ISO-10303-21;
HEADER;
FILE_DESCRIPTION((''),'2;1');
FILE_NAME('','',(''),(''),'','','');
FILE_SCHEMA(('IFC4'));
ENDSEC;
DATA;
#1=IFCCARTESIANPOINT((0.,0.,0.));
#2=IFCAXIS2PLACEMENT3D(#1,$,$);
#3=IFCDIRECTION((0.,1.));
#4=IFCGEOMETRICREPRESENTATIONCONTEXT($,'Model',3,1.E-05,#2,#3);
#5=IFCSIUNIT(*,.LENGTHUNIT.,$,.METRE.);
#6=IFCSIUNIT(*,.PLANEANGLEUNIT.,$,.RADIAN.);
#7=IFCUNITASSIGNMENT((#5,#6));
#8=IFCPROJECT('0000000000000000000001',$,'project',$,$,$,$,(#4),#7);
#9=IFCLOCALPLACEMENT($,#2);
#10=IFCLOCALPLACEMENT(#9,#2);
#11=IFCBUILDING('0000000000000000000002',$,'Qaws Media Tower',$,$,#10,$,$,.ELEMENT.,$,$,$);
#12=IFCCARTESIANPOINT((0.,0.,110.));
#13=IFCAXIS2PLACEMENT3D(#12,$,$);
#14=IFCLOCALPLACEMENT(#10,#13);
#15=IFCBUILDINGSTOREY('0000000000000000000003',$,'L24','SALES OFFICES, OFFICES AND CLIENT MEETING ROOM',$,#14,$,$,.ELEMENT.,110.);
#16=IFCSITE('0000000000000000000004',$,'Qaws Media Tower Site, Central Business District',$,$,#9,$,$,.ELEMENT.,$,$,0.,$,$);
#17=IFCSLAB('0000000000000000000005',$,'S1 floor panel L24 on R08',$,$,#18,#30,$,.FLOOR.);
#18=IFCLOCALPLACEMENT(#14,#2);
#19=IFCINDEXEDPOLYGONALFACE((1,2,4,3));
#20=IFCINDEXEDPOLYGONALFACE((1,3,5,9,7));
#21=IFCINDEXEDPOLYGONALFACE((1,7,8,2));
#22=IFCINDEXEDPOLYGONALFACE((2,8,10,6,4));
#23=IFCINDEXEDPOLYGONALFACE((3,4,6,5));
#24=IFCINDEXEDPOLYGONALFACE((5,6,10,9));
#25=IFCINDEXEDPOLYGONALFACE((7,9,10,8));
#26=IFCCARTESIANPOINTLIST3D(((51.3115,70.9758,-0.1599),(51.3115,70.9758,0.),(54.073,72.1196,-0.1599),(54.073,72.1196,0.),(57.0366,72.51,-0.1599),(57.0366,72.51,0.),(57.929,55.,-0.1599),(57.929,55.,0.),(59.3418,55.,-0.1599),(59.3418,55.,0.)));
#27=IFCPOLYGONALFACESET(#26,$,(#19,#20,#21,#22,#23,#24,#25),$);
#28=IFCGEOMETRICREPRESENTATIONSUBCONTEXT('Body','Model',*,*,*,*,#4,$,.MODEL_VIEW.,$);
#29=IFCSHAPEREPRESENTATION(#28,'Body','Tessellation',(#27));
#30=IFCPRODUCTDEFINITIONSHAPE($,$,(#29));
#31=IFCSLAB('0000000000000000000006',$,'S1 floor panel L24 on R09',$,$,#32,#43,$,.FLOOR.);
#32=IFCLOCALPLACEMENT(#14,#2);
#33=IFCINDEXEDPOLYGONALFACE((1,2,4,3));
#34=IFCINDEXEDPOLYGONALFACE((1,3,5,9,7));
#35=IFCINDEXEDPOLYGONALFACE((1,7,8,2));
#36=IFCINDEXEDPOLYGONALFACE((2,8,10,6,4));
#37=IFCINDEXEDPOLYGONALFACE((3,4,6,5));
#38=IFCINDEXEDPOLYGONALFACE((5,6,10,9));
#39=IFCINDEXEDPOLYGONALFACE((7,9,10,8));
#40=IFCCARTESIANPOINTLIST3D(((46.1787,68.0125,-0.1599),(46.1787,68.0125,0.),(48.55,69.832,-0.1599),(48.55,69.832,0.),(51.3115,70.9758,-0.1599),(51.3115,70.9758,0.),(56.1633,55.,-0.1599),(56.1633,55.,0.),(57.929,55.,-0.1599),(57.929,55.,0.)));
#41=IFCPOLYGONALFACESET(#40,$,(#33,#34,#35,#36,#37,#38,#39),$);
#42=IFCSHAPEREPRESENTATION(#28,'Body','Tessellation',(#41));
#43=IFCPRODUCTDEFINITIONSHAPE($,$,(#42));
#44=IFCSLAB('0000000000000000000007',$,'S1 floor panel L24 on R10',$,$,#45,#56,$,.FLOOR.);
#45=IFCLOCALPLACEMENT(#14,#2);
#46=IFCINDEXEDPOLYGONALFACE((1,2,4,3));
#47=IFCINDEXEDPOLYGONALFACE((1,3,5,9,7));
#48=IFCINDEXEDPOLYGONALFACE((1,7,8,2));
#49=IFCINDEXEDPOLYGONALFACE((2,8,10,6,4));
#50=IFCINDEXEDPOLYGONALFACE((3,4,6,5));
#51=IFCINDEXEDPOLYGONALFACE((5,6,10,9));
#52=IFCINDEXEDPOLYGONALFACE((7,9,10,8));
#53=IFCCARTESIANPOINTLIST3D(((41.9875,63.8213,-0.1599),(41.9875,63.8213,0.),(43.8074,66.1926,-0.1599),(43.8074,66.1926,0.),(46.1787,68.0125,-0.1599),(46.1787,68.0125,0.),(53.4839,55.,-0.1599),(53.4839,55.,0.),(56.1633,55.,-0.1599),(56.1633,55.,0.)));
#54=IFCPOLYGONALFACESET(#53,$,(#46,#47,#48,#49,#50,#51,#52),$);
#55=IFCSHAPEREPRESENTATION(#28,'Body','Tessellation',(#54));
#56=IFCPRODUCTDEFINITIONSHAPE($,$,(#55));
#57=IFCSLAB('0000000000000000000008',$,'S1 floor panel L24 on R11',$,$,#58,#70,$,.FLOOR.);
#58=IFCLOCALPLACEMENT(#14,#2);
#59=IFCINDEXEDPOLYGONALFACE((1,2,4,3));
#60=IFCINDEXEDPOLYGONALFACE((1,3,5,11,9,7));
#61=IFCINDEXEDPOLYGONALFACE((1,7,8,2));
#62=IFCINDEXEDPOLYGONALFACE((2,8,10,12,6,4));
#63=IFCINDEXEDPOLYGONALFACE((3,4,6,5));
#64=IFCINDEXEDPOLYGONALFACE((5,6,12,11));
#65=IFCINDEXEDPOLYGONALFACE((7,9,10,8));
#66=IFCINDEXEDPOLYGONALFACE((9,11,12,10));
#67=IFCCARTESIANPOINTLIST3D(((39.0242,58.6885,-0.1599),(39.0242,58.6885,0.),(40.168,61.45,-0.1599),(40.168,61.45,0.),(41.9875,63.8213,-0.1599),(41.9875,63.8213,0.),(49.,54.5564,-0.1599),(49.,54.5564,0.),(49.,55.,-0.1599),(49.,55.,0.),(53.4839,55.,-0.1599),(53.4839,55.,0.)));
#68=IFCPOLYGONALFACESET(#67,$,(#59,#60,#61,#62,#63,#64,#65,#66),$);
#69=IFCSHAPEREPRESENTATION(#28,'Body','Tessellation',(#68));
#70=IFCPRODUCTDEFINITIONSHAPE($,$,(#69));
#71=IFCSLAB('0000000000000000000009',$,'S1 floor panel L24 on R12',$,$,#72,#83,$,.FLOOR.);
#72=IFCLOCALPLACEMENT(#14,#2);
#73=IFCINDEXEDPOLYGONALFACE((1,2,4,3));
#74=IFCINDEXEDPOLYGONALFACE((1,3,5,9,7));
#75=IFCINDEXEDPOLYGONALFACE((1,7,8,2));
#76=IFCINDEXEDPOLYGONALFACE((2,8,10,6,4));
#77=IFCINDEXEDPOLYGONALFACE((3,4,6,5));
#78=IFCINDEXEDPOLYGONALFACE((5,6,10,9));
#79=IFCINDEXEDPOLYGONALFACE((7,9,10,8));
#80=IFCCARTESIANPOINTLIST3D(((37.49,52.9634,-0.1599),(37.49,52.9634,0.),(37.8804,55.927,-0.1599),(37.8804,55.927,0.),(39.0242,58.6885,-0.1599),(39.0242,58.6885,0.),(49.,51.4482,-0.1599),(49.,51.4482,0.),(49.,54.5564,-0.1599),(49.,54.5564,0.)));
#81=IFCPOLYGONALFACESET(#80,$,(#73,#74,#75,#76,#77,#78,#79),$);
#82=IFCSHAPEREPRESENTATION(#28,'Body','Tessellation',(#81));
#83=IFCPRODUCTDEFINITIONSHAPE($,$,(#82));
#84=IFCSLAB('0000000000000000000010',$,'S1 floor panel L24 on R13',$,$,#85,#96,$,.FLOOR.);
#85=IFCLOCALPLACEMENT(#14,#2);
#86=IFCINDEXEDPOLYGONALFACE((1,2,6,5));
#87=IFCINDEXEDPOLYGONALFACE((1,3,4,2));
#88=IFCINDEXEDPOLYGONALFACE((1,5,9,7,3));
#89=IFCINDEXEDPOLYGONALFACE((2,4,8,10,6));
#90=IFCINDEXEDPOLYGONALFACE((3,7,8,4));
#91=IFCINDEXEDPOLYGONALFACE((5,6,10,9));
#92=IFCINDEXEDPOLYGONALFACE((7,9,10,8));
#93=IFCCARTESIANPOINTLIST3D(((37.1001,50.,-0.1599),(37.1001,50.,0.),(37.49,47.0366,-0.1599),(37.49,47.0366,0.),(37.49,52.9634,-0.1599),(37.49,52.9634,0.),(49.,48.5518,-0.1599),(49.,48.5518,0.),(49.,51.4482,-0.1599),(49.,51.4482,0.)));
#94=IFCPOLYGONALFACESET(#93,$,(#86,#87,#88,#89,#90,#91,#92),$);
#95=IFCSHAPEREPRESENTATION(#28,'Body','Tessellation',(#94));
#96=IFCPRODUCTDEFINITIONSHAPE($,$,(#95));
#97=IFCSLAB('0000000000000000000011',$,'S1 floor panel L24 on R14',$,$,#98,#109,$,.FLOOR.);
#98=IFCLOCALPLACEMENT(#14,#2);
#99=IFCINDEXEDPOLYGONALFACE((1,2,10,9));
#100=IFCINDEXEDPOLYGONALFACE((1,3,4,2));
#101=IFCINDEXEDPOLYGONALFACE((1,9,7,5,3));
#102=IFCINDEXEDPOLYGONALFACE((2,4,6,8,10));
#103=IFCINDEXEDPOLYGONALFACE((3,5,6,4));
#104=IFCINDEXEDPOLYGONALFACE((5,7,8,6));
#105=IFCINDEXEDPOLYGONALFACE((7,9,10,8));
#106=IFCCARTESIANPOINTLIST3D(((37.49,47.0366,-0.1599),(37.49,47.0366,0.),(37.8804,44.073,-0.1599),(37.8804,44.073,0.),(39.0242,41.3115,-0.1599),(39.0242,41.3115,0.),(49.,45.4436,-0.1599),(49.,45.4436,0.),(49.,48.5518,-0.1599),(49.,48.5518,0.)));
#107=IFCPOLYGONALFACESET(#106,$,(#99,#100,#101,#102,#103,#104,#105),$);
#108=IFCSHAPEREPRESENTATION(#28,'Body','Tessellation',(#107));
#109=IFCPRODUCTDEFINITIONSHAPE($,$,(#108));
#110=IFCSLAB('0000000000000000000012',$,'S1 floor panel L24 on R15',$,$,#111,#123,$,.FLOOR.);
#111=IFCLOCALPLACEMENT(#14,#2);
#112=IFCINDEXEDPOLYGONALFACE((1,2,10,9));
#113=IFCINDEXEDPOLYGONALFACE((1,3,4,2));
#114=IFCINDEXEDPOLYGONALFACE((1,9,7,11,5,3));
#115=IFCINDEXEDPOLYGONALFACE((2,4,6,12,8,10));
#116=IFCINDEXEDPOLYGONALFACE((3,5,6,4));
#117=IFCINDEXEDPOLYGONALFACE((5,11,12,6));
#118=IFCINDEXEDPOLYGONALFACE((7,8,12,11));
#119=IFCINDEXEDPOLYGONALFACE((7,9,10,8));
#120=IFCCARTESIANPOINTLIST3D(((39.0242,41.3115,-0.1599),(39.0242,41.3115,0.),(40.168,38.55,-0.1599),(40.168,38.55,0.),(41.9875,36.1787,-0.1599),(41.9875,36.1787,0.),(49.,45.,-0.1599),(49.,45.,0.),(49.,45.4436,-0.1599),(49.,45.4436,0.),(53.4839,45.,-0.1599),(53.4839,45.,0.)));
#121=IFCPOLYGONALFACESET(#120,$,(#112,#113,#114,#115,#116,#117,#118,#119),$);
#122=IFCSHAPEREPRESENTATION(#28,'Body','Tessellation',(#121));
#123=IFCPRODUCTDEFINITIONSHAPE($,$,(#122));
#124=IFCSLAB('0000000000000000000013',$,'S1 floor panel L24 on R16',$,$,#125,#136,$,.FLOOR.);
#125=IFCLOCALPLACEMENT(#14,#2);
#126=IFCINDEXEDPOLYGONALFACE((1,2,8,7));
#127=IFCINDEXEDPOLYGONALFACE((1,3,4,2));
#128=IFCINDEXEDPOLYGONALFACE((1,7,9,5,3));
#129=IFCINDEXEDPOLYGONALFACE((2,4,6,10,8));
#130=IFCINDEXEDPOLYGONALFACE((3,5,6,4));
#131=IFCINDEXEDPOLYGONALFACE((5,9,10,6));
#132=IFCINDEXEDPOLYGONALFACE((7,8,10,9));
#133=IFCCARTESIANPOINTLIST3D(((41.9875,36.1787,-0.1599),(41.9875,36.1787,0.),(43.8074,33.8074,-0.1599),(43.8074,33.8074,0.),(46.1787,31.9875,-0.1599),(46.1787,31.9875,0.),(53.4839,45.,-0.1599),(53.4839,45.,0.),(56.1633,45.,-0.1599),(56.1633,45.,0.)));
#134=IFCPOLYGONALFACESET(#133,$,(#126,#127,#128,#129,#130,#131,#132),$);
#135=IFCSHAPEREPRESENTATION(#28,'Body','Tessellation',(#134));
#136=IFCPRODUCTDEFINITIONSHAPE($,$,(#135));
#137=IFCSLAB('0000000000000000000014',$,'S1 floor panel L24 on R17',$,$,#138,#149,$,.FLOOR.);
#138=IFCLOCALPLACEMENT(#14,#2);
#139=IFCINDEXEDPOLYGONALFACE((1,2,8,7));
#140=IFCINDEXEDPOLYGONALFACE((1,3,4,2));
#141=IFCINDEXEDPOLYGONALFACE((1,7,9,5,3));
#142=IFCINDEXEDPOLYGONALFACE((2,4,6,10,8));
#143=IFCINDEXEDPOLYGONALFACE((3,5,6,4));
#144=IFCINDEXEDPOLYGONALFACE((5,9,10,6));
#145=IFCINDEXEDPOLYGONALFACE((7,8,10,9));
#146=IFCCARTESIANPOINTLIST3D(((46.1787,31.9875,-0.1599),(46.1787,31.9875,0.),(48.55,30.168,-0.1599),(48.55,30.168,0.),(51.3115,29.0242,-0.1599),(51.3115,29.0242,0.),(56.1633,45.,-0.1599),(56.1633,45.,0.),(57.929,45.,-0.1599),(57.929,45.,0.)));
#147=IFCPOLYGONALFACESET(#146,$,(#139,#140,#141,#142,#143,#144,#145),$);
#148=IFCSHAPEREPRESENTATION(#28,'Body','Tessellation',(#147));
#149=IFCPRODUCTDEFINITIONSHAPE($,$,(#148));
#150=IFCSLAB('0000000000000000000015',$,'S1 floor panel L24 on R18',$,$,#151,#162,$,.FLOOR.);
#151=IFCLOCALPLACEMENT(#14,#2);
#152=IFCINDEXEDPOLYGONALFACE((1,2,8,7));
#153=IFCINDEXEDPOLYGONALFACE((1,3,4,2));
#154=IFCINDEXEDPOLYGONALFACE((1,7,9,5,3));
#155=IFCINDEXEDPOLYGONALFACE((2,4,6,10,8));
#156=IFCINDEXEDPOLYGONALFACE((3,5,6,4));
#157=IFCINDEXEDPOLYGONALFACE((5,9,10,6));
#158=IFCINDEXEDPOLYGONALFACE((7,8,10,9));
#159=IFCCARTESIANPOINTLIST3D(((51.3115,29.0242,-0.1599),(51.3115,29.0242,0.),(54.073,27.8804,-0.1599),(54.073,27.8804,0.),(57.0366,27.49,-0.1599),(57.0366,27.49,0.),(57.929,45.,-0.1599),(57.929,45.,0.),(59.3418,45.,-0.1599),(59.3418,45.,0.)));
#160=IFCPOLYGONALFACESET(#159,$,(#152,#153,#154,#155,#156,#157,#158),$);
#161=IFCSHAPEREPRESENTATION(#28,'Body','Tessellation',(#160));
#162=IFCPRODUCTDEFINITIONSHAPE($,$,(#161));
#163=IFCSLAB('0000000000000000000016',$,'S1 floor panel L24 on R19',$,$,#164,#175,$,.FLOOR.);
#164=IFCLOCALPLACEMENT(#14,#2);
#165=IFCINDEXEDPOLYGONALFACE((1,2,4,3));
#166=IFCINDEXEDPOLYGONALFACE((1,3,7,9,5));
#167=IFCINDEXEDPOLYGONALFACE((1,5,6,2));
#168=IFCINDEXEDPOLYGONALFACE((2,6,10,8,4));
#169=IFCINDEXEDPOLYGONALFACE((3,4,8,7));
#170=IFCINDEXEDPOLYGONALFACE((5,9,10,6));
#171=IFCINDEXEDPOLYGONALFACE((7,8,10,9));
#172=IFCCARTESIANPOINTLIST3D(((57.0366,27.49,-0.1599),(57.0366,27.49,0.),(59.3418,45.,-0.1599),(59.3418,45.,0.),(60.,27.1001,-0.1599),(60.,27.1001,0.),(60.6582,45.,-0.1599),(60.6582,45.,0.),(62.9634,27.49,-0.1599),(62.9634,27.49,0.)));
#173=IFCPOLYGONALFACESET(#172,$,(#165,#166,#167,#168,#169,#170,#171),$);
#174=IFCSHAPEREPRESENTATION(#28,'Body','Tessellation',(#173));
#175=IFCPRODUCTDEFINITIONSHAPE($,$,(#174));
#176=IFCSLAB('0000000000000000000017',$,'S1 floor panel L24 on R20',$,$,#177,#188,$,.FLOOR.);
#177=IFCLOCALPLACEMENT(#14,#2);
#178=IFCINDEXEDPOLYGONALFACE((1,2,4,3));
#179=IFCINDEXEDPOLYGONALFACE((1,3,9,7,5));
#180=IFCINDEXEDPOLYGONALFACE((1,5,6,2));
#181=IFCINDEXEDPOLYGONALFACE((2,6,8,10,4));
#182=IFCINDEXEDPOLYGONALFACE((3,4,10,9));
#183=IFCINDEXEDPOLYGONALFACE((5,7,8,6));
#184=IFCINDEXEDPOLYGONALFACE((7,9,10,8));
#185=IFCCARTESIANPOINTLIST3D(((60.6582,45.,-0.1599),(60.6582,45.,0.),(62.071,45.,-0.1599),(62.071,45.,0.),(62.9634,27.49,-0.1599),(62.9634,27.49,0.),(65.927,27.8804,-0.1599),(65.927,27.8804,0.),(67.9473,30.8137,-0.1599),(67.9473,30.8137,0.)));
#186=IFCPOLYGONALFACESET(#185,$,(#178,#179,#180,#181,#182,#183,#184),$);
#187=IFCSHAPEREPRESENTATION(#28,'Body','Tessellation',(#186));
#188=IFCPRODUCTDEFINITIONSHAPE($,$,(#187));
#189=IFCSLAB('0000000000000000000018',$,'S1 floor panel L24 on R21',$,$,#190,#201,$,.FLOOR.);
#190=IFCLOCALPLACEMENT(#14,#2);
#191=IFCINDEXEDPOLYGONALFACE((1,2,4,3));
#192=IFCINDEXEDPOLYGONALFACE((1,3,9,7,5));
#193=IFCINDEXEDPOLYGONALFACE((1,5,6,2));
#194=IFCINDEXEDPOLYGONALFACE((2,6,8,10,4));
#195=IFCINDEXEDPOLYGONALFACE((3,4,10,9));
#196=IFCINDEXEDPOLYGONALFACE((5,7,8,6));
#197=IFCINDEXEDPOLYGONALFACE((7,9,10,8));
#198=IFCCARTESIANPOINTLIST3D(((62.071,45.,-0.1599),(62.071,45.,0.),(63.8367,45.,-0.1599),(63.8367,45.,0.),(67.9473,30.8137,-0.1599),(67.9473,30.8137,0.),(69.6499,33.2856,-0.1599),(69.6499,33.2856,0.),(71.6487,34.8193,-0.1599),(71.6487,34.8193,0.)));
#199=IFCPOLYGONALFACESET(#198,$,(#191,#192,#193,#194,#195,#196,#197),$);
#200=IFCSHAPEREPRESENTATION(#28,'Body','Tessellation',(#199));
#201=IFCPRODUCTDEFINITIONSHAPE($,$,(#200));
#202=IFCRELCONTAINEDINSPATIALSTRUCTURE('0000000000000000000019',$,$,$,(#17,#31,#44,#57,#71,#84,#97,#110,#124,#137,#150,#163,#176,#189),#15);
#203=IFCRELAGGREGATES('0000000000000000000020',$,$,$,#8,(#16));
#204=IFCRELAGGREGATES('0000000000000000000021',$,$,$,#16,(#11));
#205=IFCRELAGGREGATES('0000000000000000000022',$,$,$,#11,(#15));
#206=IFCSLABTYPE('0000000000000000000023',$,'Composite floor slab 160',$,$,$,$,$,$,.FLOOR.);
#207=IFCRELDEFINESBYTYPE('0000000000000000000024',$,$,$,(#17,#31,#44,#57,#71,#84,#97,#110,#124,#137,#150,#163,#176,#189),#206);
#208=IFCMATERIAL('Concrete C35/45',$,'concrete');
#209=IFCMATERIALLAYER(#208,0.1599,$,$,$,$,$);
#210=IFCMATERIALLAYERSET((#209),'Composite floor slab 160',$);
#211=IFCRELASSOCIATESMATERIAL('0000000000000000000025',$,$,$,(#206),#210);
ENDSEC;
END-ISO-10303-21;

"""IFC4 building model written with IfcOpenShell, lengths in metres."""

from ifc_helpers import new_model, si_unit, direction, frame, origin, place, context, subcontext, project, spatial, polyline, outline, extrude, material, layer, layer_set, type_object, element, save


model = new_model("IFC4")

# Units and contexts
model_context = context("Model", 3, precision=1e-05, world=origin(), true_north=direction((0.0, 1.0)))
body_context = subcontext(model_context, "Body", "Model", "MODEL_VIEW")
ifc_project = project(units=[si_unit("LENGTHUNIT", "METRE"), si_unit("PLANEANGLEUNIT", "RADIAN")], contexts=[model_context])

# Site, building, storey
site_placement = place(None, origin())
site = spatial("IfcSite", under=ifc_project, at=site_placement, Name="Qaws Media Tower Site, Central Business District", CompositionType="ELEMENT", RefElevation=0.0)
building_placement = place(site_placement, origin())
building = spatial("IfcBuilding", under=site, at=building_placement, Name="Qaws Media Tower", CompositionType="ELEMENT")
storey_placement = place(building_placement, frame((0.0, 0.0, 110.0)))
storey = spatial("IfcBuildingStorey", under=building, at=storey_placement, Name="L24", Description="SALES OFFICES, OFFICES AND CLIENT MEETING ROOM", CompositionType="ELEMENT", Elevation=110.0)

# Slabs
ifc_material_1 = material(Name="Concrete C35/45", Category="concrete")
ifc_layer_1 = layer(ifc_material_1, 0.1599)
ifc_layer_set_1 = layer_set([ifc_layer_1], Name="Composite floor slab 160")
slab_type_1 = type_object("IfcSlabType", Name="Composite floor slab 160", PredefinedType="FLOOR", material=ifc_layer_set_1)
slab_1_placement = place(storey_placement, frame((0.0, 0.0, -0.1599)))
element("IfcSlab", 1, at=slab_1_placement, inside=storey, type_object=slab_type_1, Name="S1 floor panel L24 on R08", PredefinedType="FLOOR", context=body_context, shape_type="SweptSolid", body=[
    extrude(outline(polyline([(54.073, 72.1196), (57.0366, 72.51), (59.3418, 55.0), (57.929, 55.0), (51.3115, 70.9758), (54.073, 72.1196)])), origin(), (0.0, 0.0, 1.0), 0.1599),
])
slab_2_placement = place(storey_placement, frame((0.0, 0.0, -0.1599)))
element("IfcSlab", 2, at=slab_2_placement, inside=storey, type_object=slab_type_1, Name="S1 floor panel L24 on R09", PredefinedType="FLOOR", context=body_context, shape_type="SweptSolid", body=[
    extrude(outline(polyline([(48.55, 69.832), (51.3115, 70.9758), (57.929, 55.0), (56.1633, 55.0), (46.1787, 68.0125), (48.55, 69.832)])), origin(), (0.0, 0.0, 1.0), 0.1599),
])
slab_3_placement = place(storey_placement, frame((0.0, 0.0, -0.1599)))
element("IfcSlab", 3, at=slab_3_placement, inside=storey, type_object=slab_type_1, Name="S1 floor panel L24 on R10", PredefinedType="FLOOR", context=body_context, shape_type="SweptSolid", body=[
    extrude(outline(polyline([(43.8074, 66.1926), (46.1787, 68.0125), (56.1633, 55.0), (53.4839, 55.0), (41.9875, 63.8213), (43.8074, 66.1926)])), origin(), (0.0, 0.0, 1.0), 0.1599),
])
slab_4_placement = place(storey_placement, frame((0.0, 0.0, -0.1599)))
element("IfcSlab", 4, at=slab_4_placement, inside=storey, type_object=slab_type_1, Name="S1 floor panel L24 on R11", PredefinedType="FLOOR", context=body_context, shape_type="SweptSolid", body=[
    extrude(outline(polyline([(40.168, 61.45), (41.9875, 63.8213), (53.4839, 55.0), (49.0, 55.0), (49.0, 54.5564), (39.0242, 58.6885), (40.168, 61.45)])), origin(), (0.0, 0.0, 1.0), 0.1599),
])
slab_5_placement = place(storey_placement, frame((0.0, 0.0, -0.1599)))
element("IfcSlab", 5, at=slab_5_placement, inside=storey, type_object=slab_type_1, Name="S1 floor panel L24 on R12", PredefinedType="FLOOR", context=body_context, shape_type="SweptSolid", body=[
    extrude(outline(polyline([(37.8804, 55.927), (39.0242, 58.6885), (49.0, 54.5564), (49.0, 51.4482), (37.49, 52.9634), (37.8804, 55.927)])), origin(), (0.0, 0.0, 1.0), 0.1599),
])
slab_6_placement = place(storey_placement, frame((0.0, 0.0, -0.1599)))
element("IfcSlab", 6, at=slab_6_placement, inside=storey, type_object=slab_type_1, Name="S1 floor panel L24 on R13", PredefinedType="FLOOR", context=body_context, shape_type="SweptSolid", body=[
    extrude(outline(polyline([(37.1001, 50.0), (37.49, 52.9634), (49.0, 51.4482), (49.0, 48.5518), (37.49, 47.0366), (37.1001, 50.0)])), origin(), (0.0, 0.0, 1.0), 0.1599),
])
slab_7_placement = place(storey_placement, frame((0.0, 0.0, -0.1599)))
element("IfcSlab", 7, at=slab_7_placement, inside=storey, type_object=slab_type_1, Name="S1 floor panel L24 on R14", PredefinedType="FLOOR", context=body_context, shape_type="SweptSolid", body=[
    extrude(outline(polyline([(37.8804, 44.073), (37.49, 47.0366), (49.0, 48.5518), (49.0, 45.4436), (39.0242, 41.3115), (37.8804, 44.073)])), origin(), (0.0, 0.0, 1.0), 0.1599),
])
slab_8_placement = place(storey_placement, frame((0.0, 0.0, -0.1599)))
element("IfcSlab", 8, at=slab_8_placement, inside=storey, type_object=slab_type_1, Name="S1 floor panel L24 on R15", PredefinedType="FLOOR", context=body_context, shape_type="SweptSolid", body=[
    extrude(outline(polyline([(40.168, 38.55), (39.0242, 41.3115), (49.0, 45.4436), (49.0, 45.0), (53.4839, 45.0), (41.9875, 36.1787), (40.168, 38.55)])), origin(), (0.0, 0.0, 1.0), 0.1599),
])
slab_9_placement = place(storey_placement, frame((0.0, 0.0, -0.1599)))
element("IfcSlab", 9, at=slab_9_placement, inside=storey, type_object=slab_type_1, Name="S1 floor panel L24 on R16", PredefinedType="FLOOR", context=body_context, shape_type="SweptSolid", body=[
    extrude(outline(polyline([(43.8074, 33.8074), (41.9875, 36.1787), (53.4839, 45.0), (56.1633, 45.0), (46.1787, 31.9875), (43.8074, 33.8074)])), origin(), (0.0, 0.0, 1.0), 0.1599),
])
slab_10_placement = place(storey_placement, frame((0.0, 0.0, -0.1599)))
element("IfcSlab", 10, at=slab_10_placement, inside=storey, type_object=slab_type_1, Name="S1 floor panel L24 on R17", PredefinedType="FLOOR", context=body_context, shape_type="SweptSolid", body=[
    extrude(outline(polyline([(48.55, 30.168), (46.1787, 31.9875), (56.1633, 45.0), (57.929, 45.0), (51.3115, 29.0242), (48.55, 30.168)])), origin(), (0.0, 0.0, 1.0), 0.1599),
])
slab_11_placement = place(storey_placement, frame((0.0, 0.0, -0.1599)))
element("IfcSlab", 11, at=slab_11_placement, inside=storey, type_object=slab_type_1, Name="S1 floor panel L24 on R18", PredefinedType="FLOOR", context=body_context, shape_type="SweptSolid", body=[
    extrude(outline(polyline([(54.073, 27.8804), (51.3115, 29.0242), (57.929, 45.0), (59.3418, 45.0), (57.0366, 27.49), (54.073, 27.8804)])), origin(), (0.0, 0.0, 1.0), 0.1599),
])
slab_12_placement = place(storey_placement, frame((0.0, 0.0, -0.1599)))
element("IfcSlab", 12, at=slab_12_placement, inside=storey, type_object=slab_type_1, Name="S1 floor panel L24 on R19", PredefinedType="FLOOR", context=body_context, shape_type="SweptSolid", body=[
    extrude(outline(polyline([(60.0, 27.1001), (57.0366, 27.49), (59.3418, 45.0), (60.6582, 45.0), (62.9634, 27.49), (60.0, 27.1001)])), origin(), (0.0, 0.0, 1.0), 0.1599),
])
slab_13_placement = place(storey_placement, frame((0.0, 0.0, -0.1599)))
element("IfcSlab", 13, at=slab_13_placement, inside=storey, type_object=slab_type_1, Name="S1 floor panel L24 on R20", PredefinedType="FLOOR", context=body_context, shape_type="SweptSolid", body=[
    extrude(outline(polyline([(65.927, 27.8804), (62.9634, 27.49), (60.6582, 45.0), (62.071, 45.0), (67.9473, 30.8137), (65.927, 27.8804)])), origin(), (0.0, 0.0, 1.0), 0.1599),
])
slab_14_placement = place(storey_placement, frame((0.0, 0.0, -0.1599)))
element("IfcSlab", 14, at=slab_14_placement, inside=storey, type_object=slab_type_1, Name="S1 floor panel L24 on R21", PredefinedType="FLOOR", context=body_context, shape_type="SweptSolid", body=[
    extrude(outline(polyline([(69.6499, 33.2856), (67.9473, 30.8137), (62.071, 45.0), (63.8367, 45.0), (71.6487, 34.8193), (69.6499, 33.2856)])), origin(), (0.0, 0.0, 1.0), 0.1599),
])

save(model, "model.ifc")
